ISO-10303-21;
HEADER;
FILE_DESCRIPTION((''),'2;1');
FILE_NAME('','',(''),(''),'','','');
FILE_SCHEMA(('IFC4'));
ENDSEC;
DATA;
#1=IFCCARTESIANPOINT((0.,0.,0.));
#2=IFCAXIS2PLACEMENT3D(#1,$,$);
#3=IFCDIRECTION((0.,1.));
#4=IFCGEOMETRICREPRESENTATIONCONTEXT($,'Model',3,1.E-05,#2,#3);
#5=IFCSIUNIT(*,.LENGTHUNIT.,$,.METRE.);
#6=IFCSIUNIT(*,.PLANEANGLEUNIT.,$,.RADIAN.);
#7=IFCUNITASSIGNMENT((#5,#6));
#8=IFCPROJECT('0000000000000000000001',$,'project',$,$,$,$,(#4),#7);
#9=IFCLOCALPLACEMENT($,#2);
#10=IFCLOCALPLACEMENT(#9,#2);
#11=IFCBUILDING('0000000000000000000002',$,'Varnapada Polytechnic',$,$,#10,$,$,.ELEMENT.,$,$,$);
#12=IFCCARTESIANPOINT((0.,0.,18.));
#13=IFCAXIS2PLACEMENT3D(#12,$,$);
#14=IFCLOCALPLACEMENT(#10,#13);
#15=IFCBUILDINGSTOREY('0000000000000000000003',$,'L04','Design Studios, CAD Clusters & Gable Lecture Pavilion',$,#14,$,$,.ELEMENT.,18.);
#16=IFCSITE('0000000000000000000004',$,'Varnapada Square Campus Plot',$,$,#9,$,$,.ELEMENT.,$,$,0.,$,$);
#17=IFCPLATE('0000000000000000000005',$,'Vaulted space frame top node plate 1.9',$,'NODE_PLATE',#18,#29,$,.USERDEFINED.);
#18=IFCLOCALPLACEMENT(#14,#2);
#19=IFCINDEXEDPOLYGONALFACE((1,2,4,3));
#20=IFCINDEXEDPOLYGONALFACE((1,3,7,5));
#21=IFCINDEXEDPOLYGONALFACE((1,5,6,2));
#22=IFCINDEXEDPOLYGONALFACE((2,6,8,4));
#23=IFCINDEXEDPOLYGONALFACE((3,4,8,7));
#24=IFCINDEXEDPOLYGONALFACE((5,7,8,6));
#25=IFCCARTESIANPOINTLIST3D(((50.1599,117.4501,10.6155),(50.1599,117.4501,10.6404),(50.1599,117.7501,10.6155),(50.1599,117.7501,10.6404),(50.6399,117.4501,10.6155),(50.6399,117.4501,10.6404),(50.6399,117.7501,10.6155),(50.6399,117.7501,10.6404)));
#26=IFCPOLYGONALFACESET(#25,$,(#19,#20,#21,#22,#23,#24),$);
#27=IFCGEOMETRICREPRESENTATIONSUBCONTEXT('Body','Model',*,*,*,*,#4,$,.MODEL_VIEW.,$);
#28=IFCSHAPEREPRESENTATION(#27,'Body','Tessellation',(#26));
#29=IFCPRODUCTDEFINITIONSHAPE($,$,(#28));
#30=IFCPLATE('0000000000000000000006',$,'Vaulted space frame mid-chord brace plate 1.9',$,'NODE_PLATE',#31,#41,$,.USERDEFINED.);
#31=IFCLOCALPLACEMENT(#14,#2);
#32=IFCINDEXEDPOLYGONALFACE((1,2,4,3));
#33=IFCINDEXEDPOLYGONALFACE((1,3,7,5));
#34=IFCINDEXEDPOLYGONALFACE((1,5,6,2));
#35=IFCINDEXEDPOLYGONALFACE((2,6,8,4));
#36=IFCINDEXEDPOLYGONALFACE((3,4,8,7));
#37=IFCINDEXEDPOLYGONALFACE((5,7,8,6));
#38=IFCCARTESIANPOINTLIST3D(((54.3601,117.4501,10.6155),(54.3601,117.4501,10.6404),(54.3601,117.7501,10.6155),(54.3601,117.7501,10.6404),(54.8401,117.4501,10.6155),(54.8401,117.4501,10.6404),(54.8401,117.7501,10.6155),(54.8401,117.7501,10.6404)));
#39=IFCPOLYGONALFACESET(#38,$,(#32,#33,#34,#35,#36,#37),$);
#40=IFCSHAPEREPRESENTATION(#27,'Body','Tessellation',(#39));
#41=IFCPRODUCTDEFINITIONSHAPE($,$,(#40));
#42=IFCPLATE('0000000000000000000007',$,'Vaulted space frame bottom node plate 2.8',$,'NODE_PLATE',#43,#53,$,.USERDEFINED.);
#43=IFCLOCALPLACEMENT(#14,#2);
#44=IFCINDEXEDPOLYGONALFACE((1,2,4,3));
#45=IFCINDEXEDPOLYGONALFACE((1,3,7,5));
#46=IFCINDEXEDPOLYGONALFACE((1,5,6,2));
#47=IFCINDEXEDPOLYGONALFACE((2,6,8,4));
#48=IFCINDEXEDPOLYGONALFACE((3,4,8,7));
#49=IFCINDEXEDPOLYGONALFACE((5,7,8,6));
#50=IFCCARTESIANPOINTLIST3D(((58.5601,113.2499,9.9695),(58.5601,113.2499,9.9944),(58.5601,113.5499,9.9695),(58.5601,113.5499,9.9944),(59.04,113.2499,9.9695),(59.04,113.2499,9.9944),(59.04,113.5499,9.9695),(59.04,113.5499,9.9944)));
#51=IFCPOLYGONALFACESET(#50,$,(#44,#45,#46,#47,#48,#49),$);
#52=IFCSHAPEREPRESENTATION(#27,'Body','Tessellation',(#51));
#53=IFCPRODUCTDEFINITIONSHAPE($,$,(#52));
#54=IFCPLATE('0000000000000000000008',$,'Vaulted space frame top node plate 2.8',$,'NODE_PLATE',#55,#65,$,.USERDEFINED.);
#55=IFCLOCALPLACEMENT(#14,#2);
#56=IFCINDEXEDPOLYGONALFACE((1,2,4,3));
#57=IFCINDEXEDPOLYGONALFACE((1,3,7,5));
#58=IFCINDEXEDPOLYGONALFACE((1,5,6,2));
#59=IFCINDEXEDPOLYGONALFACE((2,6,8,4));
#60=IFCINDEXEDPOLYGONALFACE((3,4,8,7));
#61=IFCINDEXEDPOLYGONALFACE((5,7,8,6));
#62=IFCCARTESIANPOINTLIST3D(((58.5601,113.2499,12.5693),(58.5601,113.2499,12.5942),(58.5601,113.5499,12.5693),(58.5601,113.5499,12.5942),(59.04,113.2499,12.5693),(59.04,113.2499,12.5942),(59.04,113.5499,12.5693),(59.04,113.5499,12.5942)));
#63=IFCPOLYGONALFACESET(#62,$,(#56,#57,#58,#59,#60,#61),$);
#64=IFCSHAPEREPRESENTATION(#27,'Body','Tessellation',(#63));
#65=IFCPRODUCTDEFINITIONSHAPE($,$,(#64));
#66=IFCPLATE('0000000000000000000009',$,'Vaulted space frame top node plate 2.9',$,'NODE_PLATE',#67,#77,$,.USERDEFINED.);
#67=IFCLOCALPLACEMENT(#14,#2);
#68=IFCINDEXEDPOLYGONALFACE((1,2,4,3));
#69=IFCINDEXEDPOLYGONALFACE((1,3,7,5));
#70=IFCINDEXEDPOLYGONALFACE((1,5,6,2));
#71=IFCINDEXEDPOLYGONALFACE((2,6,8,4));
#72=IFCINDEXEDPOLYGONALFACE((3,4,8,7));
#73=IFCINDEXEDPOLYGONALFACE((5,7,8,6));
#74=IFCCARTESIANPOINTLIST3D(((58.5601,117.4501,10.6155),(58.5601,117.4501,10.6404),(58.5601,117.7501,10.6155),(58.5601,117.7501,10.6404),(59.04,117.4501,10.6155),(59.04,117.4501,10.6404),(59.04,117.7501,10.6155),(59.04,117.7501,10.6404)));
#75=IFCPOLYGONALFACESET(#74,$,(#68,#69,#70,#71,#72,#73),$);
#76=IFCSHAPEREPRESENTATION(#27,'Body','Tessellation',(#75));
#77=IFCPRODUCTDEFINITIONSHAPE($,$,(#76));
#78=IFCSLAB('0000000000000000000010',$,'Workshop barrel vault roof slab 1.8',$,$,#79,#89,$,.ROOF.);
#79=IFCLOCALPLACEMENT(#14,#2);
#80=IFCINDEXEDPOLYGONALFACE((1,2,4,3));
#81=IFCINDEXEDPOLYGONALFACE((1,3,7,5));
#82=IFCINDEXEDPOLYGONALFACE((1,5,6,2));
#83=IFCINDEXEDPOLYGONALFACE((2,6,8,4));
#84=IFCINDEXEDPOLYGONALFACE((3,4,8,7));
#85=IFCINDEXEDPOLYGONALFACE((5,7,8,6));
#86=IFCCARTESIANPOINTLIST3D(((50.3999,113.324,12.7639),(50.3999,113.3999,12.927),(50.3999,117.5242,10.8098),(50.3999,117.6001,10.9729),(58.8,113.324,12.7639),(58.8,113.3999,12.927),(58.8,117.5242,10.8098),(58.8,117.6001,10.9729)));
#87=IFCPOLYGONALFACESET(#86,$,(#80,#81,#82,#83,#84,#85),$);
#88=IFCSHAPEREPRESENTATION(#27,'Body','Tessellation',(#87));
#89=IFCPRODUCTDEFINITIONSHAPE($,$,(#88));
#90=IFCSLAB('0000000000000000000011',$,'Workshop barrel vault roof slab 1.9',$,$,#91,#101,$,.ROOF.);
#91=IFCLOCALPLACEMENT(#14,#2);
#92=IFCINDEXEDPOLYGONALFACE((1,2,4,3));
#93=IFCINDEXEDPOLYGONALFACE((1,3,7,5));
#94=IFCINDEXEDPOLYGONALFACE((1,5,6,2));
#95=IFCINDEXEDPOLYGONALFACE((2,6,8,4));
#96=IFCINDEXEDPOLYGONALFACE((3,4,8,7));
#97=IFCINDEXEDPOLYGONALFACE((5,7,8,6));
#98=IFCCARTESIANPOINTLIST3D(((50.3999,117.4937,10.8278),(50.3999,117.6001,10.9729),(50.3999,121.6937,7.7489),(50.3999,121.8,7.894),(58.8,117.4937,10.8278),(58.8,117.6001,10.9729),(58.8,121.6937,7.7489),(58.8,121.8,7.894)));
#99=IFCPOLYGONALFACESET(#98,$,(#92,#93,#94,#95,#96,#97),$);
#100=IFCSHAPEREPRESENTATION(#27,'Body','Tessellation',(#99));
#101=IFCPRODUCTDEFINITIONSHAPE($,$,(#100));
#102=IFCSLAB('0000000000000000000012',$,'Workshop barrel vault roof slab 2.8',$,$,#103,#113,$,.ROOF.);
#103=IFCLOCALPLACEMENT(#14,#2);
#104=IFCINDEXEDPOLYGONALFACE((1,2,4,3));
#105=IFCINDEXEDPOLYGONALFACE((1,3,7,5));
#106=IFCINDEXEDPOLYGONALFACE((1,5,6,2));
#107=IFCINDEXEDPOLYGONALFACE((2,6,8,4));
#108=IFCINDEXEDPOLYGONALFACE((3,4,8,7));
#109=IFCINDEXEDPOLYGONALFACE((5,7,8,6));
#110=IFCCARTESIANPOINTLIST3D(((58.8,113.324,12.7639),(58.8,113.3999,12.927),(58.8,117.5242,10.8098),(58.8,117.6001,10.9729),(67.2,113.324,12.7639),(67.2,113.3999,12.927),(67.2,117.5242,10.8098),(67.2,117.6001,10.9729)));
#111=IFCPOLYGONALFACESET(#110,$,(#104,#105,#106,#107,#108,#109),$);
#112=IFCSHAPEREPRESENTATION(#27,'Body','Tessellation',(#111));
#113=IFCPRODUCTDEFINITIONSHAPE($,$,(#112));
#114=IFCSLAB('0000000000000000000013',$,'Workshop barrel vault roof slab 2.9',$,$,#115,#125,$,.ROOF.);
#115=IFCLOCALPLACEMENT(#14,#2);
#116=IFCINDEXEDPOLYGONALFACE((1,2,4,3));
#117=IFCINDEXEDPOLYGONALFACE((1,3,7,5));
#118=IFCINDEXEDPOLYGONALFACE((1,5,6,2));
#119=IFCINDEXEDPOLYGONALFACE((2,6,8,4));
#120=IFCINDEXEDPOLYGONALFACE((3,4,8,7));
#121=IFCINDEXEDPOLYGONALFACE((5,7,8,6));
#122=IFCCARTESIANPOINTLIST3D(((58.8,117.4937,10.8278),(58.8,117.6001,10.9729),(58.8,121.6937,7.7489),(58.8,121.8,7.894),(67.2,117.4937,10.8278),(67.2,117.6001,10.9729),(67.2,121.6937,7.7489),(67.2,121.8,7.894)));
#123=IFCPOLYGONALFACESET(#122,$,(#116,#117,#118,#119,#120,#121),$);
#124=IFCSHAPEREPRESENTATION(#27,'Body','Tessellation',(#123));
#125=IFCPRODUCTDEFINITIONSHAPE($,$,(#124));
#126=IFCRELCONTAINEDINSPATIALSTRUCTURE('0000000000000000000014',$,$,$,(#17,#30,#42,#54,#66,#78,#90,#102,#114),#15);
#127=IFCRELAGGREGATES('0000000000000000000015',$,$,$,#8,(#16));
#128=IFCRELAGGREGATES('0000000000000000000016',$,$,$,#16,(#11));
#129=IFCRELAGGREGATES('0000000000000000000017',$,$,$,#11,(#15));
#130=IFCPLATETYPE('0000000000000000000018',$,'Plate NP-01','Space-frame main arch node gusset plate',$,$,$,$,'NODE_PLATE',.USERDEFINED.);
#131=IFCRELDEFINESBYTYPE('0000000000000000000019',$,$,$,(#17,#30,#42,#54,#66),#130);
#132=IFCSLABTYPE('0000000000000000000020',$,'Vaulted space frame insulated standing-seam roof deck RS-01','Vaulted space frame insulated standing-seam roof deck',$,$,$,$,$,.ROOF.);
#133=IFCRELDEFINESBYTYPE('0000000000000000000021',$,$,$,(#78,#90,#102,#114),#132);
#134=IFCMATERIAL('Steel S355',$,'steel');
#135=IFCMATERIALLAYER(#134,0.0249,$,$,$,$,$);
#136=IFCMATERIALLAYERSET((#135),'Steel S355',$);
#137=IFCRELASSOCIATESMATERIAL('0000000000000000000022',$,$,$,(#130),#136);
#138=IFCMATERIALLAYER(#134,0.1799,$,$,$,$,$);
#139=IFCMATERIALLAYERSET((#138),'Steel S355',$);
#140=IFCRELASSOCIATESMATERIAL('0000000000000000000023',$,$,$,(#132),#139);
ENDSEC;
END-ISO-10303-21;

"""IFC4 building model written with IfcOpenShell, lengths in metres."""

from ifc_helpers import new_model, si_unit, direction, frame, origin, origin_2d, place, context, subcontext, project, spatial, polyline, rectangle, outline, extrude, material, layer, layer_set, type_object, element, save


model = new_model("IFC4")

# Units and contexts
model_context = context("Model", 3, precision=1e-05, world=origin(), true_north=direction((0.0, 1.0)))
body_context = subcontext(model_context, "Body", "Model", "MODEL_VIEW")
ifc_project = project(units=[si_unit("LENGTHUNIT", "METRE"), si_unit("PLANEANGLEUNIT", "RADIAN")], contexts=[model_context])

# Site, building, storey
site_placement = place(None, origin())
site = spatial("IfcSite", under=ifc_project, at=site_placement, Name="Varnapada Square Campus Plot", CompositionType="ELEMENT", RefElevation=0.0)
building_placement = place(site_placement, origin())
building = spatial("IfcBuilding", under=site, at=building_placement, Name="Varnapada Polytechnic", CompositionType="ELEMENT")
storey_placement = place(building_placement, frame((0.0, 0.0, 18.0)))
storey = spatial("IfcBuildingStorey", under=building, at=storey_placement, Name="L04", Description="Design Studios, CAD Clusters & Gable Lecture Pavilion", CompositionType="ELEMENT", Elevation=18.0)

# Shared definitions
ifc_material = material(Name="Steel S355", Category="steel")

# Plates
ifc_layer_1 = layer(ifc_material, 0.0249)
ifc_layer_set_1 = layer_set([ifc_layer_1], Name="Steel S355")
plate_type_1 = type_object("IfcPlateType", Name="Plate NP-01", Description="Space-frame main arch node gusset plate", ElementType="NODE_PLATE", PredefinedType="USERDEFINED", material=ifc_layer_set_1)
for number, where, z_axis, x_axis, name in (
    (1, (50.3999, 117.6001, 10.6155), (0.0, 0.0, 1.0), (1.0, 0.0, 0.0), "Vaulted space frame top node plate 1.9"),
    (2, (54.6001, 117.6001, 10.6155), (0.0, 0.0, 1.0), (1.0, 0.0, 0.0), "Vaulted space frame mid-chord brace plate 1.9"),
    (3, (58.8, 113.3999, 9.9695), (0.0, 0.0, 1.0), (1.0, 0.0, 0.0), "Vaulted space frame bottom node plate 2.8"),
    (4, (58.8, 113.3999, 12.5693), (0.0, 0.0, 1.0), (1.0, 0.0, 0.0), "Vaulted space frame top node plate 2.8"),
    (5, (58.8, 117.6001, 10.6155), (0.0, 0.0, 1.0), (1.0, 0.0, 0.0), "Vaulted space frame top node plate 2.9"),
):
    element("IfcPlate", number, at=place(storey_placement, frame(where, z_axis=z_axis, x_axis=x_axis)), inside=storey, type_object=plate_type_1, Name=name, ObjectType="NODE_PLATE", PredefinedType="USERDEFINED", context=body_context, shape_type="SweptSolid", body=[
        extrude(rectangle(XDim=0.48, YDim=0.3, at=origin_2d()), origin(), (0.0, 0.0, 1.0), 0.0249),
    ])

# Slabs
ifc_layer_2 = layer(ifc_material, 0.1799)
ifc_layer_set_2 = layer_set([ifc_layer_2], Name="Steel S355")
slab_type = type_object("IfcSlabType", Name="Vaulted space frame insulated standing-seam roof deck RS-01", Description="Vaulted space frame insulated standing-seam roof deck", PredefinedType="ROOF", material=ifc_layer_set_2)
slab_1_placement = place(storey_placement, frame((50.3999, 113.3999, 12.927), z_axis=(0.0, 0.421823, 0.906678), x_axis=(1.0, 0.0, 0.0)))
element("IfcSlab", 6, at=slab_1_placement, inside=storey, type_object=slab_type, Name="Workshop barrel vault roof slab 1.8", PredefinedType="ROOF", context=body_context, shape_type="SweptSolid", body=[
    extrude(outline(polyline([(0.0, 0.0), (8.4001, 0.0), (8.4001, 4.6325), (0.0, 4.6325), (0.0, 0.0)])), origin(), (0.0, 0.0, -1.0), 0.1799),
])
slab_2_placement = place(storey_placement, frame((50.3999, 117.6001, 10.9729), z_axis=(0.0, 0.591225, 0.806506), x_axis=(1.0, 0.0, 0.0)))
element("IfcSlab", 7, at=slab_2_placement, inside=storey, type_object=slab_type, Name="Workshop barrel vault roof slab 1.9", PredefinedType="ROOF", context=body_context, shape_type="SweptSolid", body=[
    extrude(outline(polyline([(0.0, 0.0), (8.4001, 0.0), (8.4001, 5.2076), (0.0, 5.2076), (0.0, 0.0)])), origin(), (0.0, 0.0, -1.0), 0.1799),
])
slab_3_placement = place(storey_placement, frame((58.8, 113.3999, 12.927), z_axis=(0.0, 0.421823, 0.906678), x_axis=(1.0, 0.0, 0.0)))
element("IfcSlab", 8, at=slab_3_placement, inside=storey, type_object=slab_type, Name="Workshop barrel vault roof slab 2.8", PredefinedType="ROOF", context=body_context, shape_type="SweptSolid", body=[
    extrude(outline(polyline([(0.0, 0.0), (8.3999, 0.0), (8.3999, 4.6325), (0.0, 4.6325), (0.0, 0.0)])), origin(), (0.0, 0.0, -1.0), 0.1799),
])
slab_4_placement = place(storey_placement, frame((58.8, 117.6001, 10.9729), z_axis=(0.0, 0.591225, 0.806506), x_axis=(1.0, 0.0, 0.0)))
element("IfcSlab", 9, at=slab_4_placement, inside=storey, type_object=slab_type, Name="Workshop barrel vault roof slab 2.9", PredefinedType="ROOF", context=body_context, shape_type="SweptSolid", body=[
    extrude(outline(polyline([(0.0, 0.0), (8.3999, 0.0), (8.3999, 5.2076), (0.0, 5.2076), (0.0, 0.0)])), origin(), (0.0, 0.0, -1.0), 0.1799),
])

save(model, "model.ifc")
